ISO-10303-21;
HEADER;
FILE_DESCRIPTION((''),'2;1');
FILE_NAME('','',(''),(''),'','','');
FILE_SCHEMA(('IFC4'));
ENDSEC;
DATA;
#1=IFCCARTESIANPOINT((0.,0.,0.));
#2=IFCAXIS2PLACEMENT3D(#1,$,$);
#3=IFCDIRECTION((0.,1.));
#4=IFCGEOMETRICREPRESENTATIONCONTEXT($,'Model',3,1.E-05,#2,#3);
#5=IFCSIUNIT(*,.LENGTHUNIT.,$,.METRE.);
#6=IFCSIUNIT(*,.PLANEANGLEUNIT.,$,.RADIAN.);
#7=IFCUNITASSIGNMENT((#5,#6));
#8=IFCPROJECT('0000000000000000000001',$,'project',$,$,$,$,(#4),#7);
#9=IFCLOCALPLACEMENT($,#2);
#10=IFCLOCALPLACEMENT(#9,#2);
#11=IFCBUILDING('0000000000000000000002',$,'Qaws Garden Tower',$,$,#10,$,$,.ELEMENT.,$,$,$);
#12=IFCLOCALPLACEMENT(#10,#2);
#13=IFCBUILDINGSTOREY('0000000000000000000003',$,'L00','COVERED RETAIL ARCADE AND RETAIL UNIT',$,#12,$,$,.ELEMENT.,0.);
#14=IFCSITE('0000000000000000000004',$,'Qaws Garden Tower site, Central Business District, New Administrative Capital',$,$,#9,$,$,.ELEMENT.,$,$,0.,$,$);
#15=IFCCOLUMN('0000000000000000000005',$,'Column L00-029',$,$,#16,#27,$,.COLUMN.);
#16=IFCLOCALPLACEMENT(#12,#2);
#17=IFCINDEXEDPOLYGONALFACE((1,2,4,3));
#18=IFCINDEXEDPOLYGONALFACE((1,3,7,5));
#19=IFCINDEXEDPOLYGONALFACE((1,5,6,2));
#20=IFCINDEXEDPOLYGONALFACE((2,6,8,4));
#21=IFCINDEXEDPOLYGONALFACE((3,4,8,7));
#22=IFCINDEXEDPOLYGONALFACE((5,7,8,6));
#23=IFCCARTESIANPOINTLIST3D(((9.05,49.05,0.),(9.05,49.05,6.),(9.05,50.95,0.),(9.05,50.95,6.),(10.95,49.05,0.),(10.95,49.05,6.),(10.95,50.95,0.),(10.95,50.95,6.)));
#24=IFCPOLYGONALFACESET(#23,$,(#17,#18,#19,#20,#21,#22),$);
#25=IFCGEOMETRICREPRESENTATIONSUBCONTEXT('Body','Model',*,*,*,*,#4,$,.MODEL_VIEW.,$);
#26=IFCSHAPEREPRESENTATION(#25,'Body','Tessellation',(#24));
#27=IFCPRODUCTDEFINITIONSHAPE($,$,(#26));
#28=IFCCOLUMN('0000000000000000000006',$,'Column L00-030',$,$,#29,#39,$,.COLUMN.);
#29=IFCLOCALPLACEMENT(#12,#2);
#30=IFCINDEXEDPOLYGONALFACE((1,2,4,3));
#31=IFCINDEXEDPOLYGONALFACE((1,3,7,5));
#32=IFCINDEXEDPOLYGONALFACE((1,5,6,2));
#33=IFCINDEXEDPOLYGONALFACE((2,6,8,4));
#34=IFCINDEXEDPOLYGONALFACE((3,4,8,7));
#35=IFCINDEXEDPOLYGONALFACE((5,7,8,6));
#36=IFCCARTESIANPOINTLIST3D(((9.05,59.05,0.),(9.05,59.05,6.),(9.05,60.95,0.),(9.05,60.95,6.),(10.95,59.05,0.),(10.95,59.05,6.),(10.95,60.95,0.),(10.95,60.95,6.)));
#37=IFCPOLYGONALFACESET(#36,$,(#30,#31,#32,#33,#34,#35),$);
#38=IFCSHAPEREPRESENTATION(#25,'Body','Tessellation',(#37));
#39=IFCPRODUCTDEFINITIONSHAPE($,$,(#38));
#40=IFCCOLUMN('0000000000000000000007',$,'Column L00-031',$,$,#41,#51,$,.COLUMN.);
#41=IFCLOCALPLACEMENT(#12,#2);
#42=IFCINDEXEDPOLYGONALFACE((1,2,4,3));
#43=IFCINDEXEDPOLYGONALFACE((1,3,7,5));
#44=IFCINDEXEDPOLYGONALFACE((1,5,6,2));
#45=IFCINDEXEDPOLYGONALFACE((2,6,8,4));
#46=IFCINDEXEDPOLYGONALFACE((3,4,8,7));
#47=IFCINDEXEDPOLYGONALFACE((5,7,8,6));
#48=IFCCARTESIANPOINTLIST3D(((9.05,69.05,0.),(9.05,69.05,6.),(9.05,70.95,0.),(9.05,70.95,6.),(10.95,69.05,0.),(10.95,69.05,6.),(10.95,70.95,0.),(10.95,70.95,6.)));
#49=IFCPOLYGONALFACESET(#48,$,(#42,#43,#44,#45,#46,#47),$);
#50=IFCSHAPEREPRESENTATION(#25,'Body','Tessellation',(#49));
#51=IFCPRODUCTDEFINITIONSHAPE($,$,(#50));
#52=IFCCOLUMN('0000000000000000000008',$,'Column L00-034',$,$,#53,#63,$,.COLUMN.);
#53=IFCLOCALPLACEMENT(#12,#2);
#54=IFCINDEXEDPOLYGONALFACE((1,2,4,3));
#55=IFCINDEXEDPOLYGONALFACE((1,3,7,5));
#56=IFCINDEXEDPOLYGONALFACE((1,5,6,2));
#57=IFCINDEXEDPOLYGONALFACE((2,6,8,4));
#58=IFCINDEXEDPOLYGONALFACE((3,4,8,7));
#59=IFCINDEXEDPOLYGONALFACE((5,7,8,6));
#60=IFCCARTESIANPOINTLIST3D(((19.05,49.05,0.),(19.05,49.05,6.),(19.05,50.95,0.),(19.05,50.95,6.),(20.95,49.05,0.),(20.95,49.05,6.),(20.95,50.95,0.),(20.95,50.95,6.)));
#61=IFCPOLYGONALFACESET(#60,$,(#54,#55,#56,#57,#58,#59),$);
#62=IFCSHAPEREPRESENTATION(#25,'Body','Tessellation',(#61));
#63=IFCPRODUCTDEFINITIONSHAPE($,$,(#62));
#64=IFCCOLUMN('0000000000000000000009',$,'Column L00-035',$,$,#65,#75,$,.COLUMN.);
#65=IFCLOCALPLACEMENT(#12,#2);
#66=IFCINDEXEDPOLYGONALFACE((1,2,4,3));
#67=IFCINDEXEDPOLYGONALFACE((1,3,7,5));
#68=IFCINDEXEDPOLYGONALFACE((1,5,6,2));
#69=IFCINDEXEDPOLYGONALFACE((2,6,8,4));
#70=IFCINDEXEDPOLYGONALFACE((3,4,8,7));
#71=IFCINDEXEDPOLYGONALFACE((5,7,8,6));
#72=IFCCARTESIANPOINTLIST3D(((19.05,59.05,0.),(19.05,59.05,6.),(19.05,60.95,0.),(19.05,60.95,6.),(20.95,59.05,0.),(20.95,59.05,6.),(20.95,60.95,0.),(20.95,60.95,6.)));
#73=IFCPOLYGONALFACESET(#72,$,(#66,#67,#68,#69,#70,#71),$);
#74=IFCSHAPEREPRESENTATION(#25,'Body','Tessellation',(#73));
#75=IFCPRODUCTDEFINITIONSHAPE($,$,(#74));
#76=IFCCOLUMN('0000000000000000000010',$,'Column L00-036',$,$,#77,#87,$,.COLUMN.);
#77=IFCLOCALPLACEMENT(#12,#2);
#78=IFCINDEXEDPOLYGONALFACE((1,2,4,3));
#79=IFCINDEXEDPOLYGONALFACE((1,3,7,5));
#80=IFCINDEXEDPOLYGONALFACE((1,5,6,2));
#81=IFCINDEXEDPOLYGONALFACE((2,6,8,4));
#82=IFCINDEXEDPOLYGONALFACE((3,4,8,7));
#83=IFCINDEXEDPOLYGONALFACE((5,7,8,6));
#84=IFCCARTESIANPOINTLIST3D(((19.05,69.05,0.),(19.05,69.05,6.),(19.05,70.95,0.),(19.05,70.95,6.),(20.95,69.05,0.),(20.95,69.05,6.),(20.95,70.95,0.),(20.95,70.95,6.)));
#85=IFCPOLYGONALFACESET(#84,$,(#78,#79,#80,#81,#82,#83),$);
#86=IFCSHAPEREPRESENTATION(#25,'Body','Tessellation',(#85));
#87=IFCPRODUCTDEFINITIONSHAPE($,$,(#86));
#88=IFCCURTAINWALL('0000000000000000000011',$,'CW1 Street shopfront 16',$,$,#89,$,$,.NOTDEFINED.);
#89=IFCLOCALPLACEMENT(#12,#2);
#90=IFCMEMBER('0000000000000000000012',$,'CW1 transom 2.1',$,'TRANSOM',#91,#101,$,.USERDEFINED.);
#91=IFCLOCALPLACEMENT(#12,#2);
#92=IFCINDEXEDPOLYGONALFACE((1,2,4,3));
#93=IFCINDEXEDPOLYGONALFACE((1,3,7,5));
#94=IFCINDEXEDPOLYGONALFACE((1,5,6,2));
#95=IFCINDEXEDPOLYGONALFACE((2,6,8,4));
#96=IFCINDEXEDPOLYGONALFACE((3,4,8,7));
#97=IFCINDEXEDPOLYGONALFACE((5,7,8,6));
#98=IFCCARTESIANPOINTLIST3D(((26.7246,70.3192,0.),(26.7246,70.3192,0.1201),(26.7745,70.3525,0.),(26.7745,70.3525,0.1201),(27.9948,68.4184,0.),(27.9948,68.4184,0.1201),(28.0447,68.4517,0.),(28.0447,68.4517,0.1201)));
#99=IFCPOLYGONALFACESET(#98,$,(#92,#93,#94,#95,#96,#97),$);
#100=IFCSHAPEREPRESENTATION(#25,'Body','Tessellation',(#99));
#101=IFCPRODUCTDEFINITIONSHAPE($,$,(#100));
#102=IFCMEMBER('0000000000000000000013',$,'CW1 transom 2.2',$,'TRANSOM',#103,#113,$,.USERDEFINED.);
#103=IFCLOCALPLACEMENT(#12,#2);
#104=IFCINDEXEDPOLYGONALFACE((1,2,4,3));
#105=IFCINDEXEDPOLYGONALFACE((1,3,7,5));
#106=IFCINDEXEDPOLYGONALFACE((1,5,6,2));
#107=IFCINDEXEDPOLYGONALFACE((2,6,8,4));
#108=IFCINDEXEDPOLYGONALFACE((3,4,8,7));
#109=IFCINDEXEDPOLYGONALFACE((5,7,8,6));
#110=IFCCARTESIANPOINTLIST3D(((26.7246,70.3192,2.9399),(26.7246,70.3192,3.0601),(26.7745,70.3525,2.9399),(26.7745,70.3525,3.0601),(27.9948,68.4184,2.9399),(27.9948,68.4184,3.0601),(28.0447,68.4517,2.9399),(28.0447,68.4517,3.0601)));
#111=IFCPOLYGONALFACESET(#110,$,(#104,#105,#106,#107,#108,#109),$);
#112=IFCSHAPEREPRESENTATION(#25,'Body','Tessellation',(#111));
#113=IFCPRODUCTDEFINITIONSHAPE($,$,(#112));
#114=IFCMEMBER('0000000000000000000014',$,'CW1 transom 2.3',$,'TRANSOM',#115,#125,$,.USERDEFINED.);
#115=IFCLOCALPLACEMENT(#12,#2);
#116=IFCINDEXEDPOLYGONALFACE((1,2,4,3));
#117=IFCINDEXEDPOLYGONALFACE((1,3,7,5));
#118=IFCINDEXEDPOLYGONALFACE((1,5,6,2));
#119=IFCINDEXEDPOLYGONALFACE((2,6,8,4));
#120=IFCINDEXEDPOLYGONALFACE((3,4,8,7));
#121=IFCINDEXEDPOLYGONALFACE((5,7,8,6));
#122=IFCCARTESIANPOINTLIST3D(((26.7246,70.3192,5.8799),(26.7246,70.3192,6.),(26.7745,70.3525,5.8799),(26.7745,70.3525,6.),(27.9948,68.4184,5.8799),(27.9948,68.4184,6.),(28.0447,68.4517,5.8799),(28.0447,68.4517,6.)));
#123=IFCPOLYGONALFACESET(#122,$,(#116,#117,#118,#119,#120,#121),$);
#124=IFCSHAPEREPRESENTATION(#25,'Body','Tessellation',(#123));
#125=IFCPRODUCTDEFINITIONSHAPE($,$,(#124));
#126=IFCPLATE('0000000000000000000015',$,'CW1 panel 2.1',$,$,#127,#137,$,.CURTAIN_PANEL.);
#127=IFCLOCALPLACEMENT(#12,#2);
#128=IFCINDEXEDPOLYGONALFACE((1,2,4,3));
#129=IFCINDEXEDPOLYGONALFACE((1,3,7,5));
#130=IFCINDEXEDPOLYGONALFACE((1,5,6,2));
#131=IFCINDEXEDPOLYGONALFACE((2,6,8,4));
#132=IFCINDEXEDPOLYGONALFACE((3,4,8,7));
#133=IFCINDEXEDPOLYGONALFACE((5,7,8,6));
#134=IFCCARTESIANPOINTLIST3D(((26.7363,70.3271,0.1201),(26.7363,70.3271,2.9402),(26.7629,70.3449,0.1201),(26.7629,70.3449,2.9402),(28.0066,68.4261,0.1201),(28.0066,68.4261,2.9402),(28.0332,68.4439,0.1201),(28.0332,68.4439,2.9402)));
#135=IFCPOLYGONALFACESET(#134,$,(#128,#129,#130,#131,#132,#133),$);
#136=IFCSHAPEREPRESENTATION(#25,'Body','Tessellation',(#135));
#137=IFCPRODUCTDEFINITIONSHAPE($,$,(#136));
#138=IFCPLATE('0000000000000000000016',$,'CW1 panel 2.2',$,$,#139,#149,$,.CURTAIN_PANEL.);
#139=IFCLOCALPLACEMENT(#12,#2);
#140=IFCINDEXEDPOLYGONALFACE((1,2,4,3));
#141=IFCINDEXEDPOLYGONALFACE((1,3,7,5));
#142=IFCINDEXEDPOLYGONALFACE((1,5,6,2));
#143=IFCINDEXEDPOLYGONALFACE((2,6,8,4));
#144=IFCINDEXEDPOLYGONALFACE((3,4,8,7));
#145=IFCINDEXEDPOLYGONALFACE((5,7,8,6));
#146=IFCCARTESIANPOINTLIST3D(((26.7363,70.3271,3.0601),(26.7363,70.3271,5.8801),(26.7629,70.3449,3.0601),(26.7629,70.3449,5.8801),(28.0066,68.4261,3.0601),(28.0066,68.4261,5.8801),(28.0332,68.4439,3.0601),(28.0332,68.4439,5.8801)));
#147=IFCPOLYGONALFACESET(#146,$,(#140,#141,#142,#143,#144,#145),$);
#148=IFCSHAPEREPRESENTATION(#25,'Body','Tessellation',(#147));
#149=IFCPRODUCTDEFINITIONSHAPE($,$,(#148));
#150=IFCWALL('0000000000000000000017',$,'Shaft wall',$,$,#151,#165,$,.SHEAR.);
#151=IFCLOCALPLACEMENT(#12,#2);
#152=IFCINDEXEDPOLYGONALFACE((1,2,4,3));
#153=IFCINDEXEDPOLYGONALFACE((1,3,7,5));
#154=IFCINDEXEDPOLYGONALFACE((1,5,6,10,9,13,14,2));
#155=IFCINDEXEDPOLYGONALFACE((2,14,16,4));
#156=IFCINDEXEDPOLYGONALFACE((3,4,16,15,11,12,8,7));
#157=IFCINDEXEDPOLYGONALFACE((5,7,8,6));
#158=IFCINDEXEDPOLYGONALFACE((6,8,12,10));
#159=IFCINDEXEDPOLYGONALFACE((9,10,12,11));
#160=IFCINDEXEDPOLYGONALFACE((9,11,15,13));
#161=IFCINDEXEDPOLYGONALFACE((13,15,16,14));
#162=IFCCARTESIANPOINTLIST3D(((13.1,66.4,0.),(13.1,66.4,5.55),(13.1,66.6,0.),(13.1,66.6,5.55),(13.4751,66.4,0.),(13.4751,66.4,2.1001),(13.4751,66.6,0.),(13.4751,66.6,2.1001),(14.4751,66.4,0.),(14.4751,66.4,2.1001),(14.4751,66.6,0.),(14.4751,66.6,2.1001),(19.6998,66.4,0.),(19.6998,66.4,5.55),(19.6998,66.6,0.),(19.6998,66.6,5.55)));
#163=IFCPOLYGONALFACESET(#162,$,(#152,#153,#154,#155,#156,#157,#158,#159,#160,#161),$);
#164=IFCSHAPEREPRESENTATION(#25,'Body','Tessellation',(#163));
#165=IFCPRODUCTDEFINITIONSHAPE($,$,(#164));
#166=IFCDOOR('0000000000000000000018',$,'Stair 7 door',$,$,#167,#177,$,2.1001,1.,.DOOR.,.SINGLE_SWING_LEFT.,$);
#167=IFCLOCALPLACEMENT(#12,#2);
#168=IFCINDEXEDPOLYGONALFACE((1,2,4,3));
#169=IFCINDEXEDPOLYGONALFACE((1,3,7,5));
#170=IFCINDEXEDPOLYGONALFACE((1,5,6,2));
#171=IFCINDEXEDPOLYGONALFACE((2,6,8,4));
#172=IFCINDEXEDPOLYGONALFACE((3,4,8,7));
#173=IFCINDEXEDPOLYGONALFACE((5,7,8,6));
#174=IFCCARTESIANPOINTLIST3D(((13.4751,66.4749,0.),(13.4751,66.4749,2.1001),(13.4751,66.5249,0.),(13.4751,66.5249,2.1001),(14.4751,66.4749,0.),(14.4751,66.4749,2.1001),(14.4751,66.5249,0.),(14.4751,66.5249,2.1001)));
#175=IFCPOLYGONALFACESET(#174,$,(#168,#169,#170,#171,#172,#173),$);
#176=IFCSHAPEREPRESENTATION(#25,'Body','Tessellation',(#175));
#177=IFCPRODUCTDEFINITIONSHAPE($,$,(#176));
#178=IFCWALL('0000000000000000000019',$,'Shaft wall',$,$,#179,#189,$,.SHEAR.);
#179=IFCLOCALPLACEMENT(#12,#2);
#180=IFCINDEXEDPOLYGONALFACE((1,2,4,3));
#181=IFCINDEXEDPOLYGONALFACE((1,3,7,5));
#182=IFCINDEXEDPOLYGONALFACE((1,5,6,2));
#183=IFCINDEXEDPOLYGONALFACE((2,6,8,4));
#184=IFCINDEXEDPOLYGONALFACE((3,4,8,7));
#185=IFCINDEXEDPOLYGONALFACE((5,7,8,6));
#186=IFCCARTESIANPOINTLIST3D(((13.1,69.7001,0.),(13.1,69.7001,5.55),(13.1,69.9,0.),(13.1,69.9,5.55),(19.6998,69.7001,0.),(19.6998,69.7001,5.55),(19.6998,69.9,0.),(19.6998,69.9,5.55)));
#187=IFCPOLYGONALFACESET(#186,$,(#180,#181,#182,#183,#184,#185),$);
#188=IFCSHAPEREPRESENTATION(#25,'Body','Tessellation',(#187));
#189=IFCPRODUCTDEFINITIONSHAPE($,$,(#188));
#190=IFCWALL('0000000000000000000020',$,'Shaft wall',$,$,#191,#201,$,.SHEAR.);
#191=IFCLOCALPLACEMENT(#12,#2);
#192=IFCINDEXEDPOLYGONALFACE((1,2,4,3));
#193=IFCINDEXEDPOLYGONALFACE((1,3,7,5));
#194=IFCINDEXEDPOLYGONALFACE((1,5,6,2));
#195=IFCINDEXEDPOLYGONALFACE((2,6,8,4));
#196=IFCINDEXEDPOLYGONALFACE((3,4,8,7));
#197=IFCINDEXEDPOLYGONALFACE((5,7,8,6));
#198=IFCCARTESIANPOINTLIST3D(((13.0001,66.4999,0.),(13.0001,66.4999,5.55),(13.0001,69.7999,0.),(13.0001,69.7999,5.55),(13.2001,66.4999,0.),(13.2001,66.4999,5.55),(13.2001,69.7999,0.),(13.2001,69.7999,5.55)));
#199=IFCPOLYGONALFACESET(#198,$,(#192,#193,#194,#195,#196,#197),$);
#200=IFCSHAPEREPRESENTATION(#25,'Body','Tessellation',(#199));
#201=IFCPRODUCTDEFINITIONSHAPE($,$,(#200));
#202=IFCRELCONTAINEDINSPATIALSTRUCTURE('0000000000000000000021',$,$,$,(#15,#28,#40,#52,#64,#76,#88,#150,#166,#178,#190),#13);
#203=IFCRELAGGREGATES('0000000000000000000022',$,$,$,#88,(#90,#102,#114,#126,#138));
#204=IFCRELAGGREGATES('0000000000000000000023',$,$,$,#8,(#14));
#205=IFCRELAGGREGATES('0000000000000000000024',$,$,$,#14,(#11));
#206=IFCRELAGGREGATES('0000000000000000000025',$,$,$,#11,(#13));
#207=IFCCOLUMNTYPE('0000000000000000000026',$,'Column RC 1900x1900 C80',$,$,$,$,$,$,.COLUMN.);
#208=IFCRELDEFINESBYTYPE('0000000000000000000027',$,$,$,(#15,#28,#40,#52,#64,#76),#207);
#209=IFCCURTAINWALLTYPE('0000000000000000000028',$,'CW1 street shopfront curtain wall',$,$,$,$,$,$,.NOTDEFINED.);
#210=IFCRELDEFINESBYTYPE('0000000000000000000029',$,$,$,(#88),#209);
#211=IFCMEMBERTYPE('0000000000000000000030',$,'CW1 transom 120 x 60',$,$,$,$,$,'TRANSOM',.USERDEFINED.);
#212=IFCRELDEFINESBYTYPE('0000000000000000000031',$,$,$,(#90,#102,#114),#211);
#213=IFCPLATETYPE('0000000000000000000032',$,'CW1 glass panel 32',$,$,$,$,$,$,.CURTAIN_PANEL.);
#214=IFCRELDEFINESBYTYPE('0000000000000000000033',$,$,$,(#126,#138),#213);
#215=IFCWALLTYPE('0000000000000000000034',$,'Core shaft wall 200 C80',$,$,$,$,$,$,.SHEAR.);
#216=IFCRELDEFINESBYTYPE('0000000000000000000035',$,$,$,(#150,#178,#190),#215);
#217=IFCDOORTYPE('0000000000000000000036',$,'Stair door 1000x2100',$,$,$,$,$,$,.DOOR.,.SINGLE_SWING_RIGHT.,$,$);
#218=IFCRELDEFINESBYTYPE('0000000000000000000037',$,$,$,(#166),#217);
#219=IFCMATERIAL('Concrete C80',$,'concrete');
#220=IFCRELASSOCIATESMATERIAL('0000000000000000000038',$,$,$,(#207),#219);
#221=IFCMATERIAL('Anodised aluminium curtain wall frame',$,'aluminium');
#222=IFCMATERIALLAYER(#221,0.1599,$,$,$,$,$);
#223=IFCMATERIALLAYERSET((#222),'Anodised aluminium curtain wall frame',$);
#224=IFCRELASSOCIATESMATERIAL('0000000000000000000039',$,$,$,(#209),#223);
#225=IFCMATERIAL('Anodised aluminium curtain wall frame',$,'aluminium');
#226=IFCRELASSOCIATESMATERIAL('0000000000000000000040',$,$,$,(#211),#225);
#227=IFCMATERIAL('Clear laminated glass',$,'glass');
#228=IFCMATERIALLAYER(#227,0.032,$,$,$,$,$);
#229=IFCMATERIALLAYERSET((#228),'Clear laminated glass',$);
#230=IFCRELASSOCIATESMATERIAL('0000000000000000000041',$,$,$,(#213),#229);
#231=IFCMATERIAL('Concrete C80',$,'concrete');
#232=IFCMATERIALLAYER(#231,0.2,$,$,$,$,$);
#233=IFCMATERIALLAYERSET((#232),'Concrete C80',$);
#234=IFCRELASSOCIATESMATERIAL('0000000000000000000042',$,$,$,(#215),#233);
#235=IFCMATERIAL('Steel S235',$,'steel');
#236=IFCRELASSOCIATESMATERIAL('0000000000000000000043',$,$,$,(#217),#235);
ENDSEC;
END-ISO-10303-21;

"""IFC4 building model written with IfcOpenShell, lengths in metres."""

from ifc_helpers import new_model, si_unit, direction, frame, frame_2d, origin, origin_2d, place, context, subcontext, project, spatial, rectangle, extrude, material, layer, layer_set, material_profile, profile_set, type_object, element, fill, aggregate, save


model = new_model("IFC4")

# Units and contexts
model_context = context("Model", 3, precision=1e-05, world=origin(), true_north=direction((0.0, 1.0)))
body_context = subcontext(model_context, "Body", "Model", "MODEL_VIEW")
ifc_project = project(units=[si_unit("LENGTHUNIT", "METRE"), si_unit("PLANEANGLEUNIT", "RADIAN")], contexts=[model_context])

# Site, building, storey
site_placement = place(None, origin())
site = spatial("IfcSite", under=ifc_project, at=site_placement, Name="Qaws Garden Tower site, Central Business District, New Administrative Capital", CompositionType="ELEMENT", RefElevation=0.0)
building_placement = place(site_placement, origin())
building = spatial("IfcBuilding", under=site, at=building_placement, Name="Qaws Garden Tower", CompositionType="ELEMENT")
storey_placement = place(building_placement, origin())
storey = spatial("IfcBuildingStorey", under=building, at=storey_placement, Name="L00", Description="COVERED RETAIL ARCADE AND RETAIL UNIT", CompositionType="ELEMENT", Elevation=0.0)

# Columns
ifc_material_1 = material(Name="Concrete C80", Category="concrete")
ifc_material_profile_1 = material_profile(ifc_material_1, rectangle(XDim=1.8999, YDim=1.8999, at=origin_2d()), Name="RC 1900x1900")
ifc_profile_set_1 = profile_set([ifc_material_profile_1], Name="Concrete C80")
column_type = type_object("IfcColumnType", Name="Column RC 1900x1900 C80", PredefinedType="COLUMN", material=ifc_profile_set_1)
for number, where, z_axis, x_axis, name in (
    (1, (10.0, 50.0, 0.0), (0.0, 0.0, 1.0), (1.0, 0.0, 0.0), "Column L00-029"),
    (2, (10.0, 60.0, 0.0), (0.0, 0.0, 1.0), (1.0, 0.0, 0.0), "Column L00-030"),
    (3, (10.0, 70.0, 0.0), (0.0, 0.0, 1.0), (1.0, 0.0, 0.0), "Column L00-031"),
    (4, (20.0, 50.0, 0.0), (0.0, 0.0, 1.0), (1.0, 0.0, 0.0), "Column L00-034"),
    (5, (20.0, 60.0, 0.0), (0.0, 0.0, 1.0), (1.0, 0.0, 0.0), "Column L00-035"),
    (6, (20.0, 70.0, 0.0), (0.0, 0.0, 1.0), (1.0, 0.0, 0.0), "Column L00-036"),
):
    element("IfcColumn", number, at=place(storey_placement, frame(where, z_axis=z_axis, x_axis=x_axis)), inside=storey, type_object=column_type, Name=name, PredefinedType="COLUMN", context=body_context, shape_type="SweptSolid", body=[
        extrude(rectangle(XDim=1.8999, YDim=1.8999, at=origin_2d()), origin(), (0.0, 0.0, 1.0), 6.0),
    ])

# Curtain wall, members, plates
ifc_material_2 = material(Name="Anodised aluminium curtain wall frame", Category="aluminium")
ifc_layer_1 = layer(ifc_material_2, 0.1599)
ifc_layer_set_1 = layer_set([ifc_layer_1], Name="Anodised aluminium curtain wall frame")
curtain_wall_type = type_object("IfcCurtainWallType", Name="CW1 street shopfront curtain wall", PredefinedType="NOTDEFINED", material=ifc_layer_set_1)
placement = place(storey_placement, origin())
curtain_wall = element("IfcCurtainWall", 7, at=placement, inside=storey, type_object=curtain_wall_type, Name="CW1 Street shopfront 16", PredefinedType="NOTDEFINED")
ifc_material_3 = material(Name="Anodised aluminium curtain wall frame", Category="aluminium")
ifc_material_profile_2 = material_profile(ifc_material_3, rectangle(XDim=0.0601, YDim=0.1201, at=origin_2d()), Name="AL 60x120")
ifc_profile_set_2 = profile_set([ifc_material_profile_2], Name="Anodised aluminium curtain wall frame")
member_type = type_object("IfcMemberType", Name="CW1 transom 120 x 60", ElementType="TRANSOM", PredefinedType="USERDEFINED", material=ifc_profile_set_2)
member_1_placement = place(storey_placement, frame((28.0198, 68.4351, 0.0601), z_axis=(-0.555612, 0.831442, 0.0), x_axis=(-0.831442, -0.555612, 0.0)))
member_1 = element("IfcMember", 8, at=member_1_placement, type_object=member_type, Name="CW1 transom 2.1", ObjectType="TRANSOM", PredefinedType="USERDEFINED", context=body_context, shape_type="SweptSolid", body=[
    extrude(rectangle(XDim=0.0601, YDim=0.1201, at=origin_2d()), origin(), (0.0, 0.0, 1.0), 2.2861),
])
member_2_placement = place(storey_placement, frame((28.0198, 68.4351, 3.0), z_axis=(-0.555612, 0.831442, 0.0), x_axis=(-0.831442, -0.555612, 0.0)))
member_2 = element("IfcMember", 9, at=member_2_placement, type_object=member_type, Name="CW1 transom 2.2", ObjectType="TRANSOM", PredefinedType="USERDEFINED", context=body_context, shape_type="SweptSolid", body=[
    extrude(rectangle(XDim=0.0601, YDim=0.1201, at=origin_2d()), origin(), (0.0, 0.0, 1.0), 2.2861),
])
member_3_placement = place(storey_placement, frame((28.0198, 68.4351, 5.9399), z_axis=(-0.555612, 0.831442, 0.0), x_axis=(-0.831442, -0.555612, 0.0)))
member_3 = element("IfcMember", 10, at=member_3_placement, type_object=member_type, Name="CW1 transom 2.3", ObjectType="TRANSOM", PredefinedType="USERDEFINED", context=body_context, shape_type="SweptSolid", body=[
    extrude(rectangle(XDim=0.0601, YDim=0.1201, at=origin_2d()), origin(), (0.0, 0.0, 1.0), 2.2861),
])
ifc_material_4 = material(Name="Clear laminated glass", Category="glass")
ifc_layer_2 = layer(ifc_material_4, 0.032)
ifc_layer_set_2 = layer_set([ifc_layer_2], Name="Clear laminated glass")
plate_type = type_object("IfcPlateType", Name="CW1 glass panel 32", PredefinedType="CURTAIN_PANEL", material=ifc_layer_set_2)
plate_1_placement = place(storey_placement, frame((27.3848, 69.3855, 0.1201), z_axis=(0.0, 0.0, 1.0), x_axis=(-0.55557, 0.83147, 0.0)))
plate_1 = element("IfcPlate", 11, at=plate_1_placement, type_object=plate_type, Name="CW1 panel 2.1", PredefinedType="CURTAIN_PANEL", context=body_context, shape_type="SweptSolid", body=[
    extrude(rectangle(XDim=2.2864, YDim=0.032, at=origin_2d()), origin(), (0.0, 0.0, 1.0), 2.8201),
])
plate_2_placement = place(storey_placement, frame((27.3848, 69.3855, 3.0601), z_axis=(0.0, 0.0, 1.0), x_axis=(-0.55557, 0.83147, 0.0)))
plate_2 = element("IfcPlate", 12, at=plate_2_placement, type_object=plate_type, Name="CW1 panel 2.2", PredefinedType="CURTAIN_PANEL", context=body_context, shape_type="SweptSolid", body=[
    extrude(rectangle(XDim=2.2864, YDim=0.032, at=origin_2d()), origin(), (0.0, 0.0, 1.0), 2.8201),
])
aggregate(curtain_wall, [member_1, member_2, member_3, plate_1, plate_2])

# Wall, opening, door
ifc_material_5 = material(Name="Concrete C80", Category="concrete")
ifc_layer_3 = layer(ifc_material_5, 0.2)
ifc_layer_set_3 = layer_set([ifc_layer_3], Name="Concrete C80")
wall_type_1 = type_object("IfcWallType", Name="Core shaft wall 200 C80", PredefinedType="SHEAR", material=ifc_layer_set_3)
wall_1_placement = place(storey_placement, frame((13.1001, 66.5, 0.0), z_axis=(0.0, 0.0, 1.0), x_axis=(1.0, 0.0, 0.0)))
wall_1 = element("IfcWall", 13, at=wall_1_placement, inside=storey, type_object=wall_type_1, Name="Shaft wall", PredefinedType="SHEAR", context=body_context, shape_type="SweptSolid", body=[
    extrude(rectangle(XDim=6.5999, YDim=0.2, at=frame_2d((3.2998, 0.0))), origin(), (0.0, 0.0, 1.0), 5.55),
])
opening_1_placement = place(wall_1_placement, frame((0.375, 0.0, 0.0)))
opening_1 = element("IfcOpeningElement", 14, at=opening_1_placement, cuts=wall_1, PredefinedType="OPENING", context=body_context, shape_type="SweptSolid", body=[
    extrude(rectangle(XDim=1.0, YDim=2.1001, at=frame_2d((0.5, 1.05))), frame((0.0, 0.1099, 0.0), z_axis=(0.0, -1.0, 0.0), x_axis=(1.0, 0.0, 0.0)), (0.0, 0.0, 1.0), 0.22),
])
ifc_material_6 = material(Name="Steel S235", Category="steel")
door_type_1 = type_object("IfcDoorType", Name="Stair door 1000x2100", OperationType="SINGLE_SWING_RIGHT", PredefinedType="DOOR", material=ifc_material_6)
door_1_placement = place(opening_1_placement, origin())
door_1 = element("IfcDoor", 15, at=door_1_placement, inside=storey, type_object=door_type_1, Name="Stair 7 door", OperationType="SINGLE_SWING_LEFT", OverallHeight=2.1001, OverallWidth=1.0, PredefinedType="DOOR", context=body_context, shape_type="SweptSolid", body=[
    extrude(rectangle(XDim=1.0, YDim=2.1001, at=frame_2d((0.5, 1.05))), frame((0.0, 0.0249, 0.0), z_axis=(0.0, -1.0, 0.0), x_axis=(1.0, 0.0, 0.0)), (0.0, 0.0, 1.0), 0.05),
])
fill(opening_1, door_1)

# Walls
wall_2_placement = place(storey_placement, frame((13.1001, 69.8, 0.0), z_axis=(0.0, 0.0, 1.0), x_axis=(1.0, 0.0, 0.0)))
element("IfcWall", 16, at=wall_2_placement, inside=storey, type_object=wall_type_1, Name="Shaft wall", PredefinedType="SHEAR", context=body_context, shape_type="SweptSolid", body=[
    extrude(rectangle(XDim=6.5999, YDim=0.2, at=frame_2d((3.2998, 0.0))), origin(), (0.0, 0.0, 1.0), 5.55),
])
for number, where, z_axis, x_axis, name in (
    (17, (13.1001, 66.5, 0.0), (0.0, 0.0, 1.0), (0.0, 1.0, 0.0), "Shaft wall"),
):
    element("IfcWall", number, at=place(storey_placement, frame(where, z_axis=z_axis, x_axis=x_axis)), inside=storey, type_object=wall_type_1, Name=name, PredefinedType="SHEAR", context=body_context, shape_type="SweptSolid", body=[
        extrude(rectangle(XDim=3.3, YDim=0.2, at=frame_2d((1.6499, 0.0))), origin(), (0.0, 0.0, 1.0), 5.55),
    ])

save(model, "model.ifc")
